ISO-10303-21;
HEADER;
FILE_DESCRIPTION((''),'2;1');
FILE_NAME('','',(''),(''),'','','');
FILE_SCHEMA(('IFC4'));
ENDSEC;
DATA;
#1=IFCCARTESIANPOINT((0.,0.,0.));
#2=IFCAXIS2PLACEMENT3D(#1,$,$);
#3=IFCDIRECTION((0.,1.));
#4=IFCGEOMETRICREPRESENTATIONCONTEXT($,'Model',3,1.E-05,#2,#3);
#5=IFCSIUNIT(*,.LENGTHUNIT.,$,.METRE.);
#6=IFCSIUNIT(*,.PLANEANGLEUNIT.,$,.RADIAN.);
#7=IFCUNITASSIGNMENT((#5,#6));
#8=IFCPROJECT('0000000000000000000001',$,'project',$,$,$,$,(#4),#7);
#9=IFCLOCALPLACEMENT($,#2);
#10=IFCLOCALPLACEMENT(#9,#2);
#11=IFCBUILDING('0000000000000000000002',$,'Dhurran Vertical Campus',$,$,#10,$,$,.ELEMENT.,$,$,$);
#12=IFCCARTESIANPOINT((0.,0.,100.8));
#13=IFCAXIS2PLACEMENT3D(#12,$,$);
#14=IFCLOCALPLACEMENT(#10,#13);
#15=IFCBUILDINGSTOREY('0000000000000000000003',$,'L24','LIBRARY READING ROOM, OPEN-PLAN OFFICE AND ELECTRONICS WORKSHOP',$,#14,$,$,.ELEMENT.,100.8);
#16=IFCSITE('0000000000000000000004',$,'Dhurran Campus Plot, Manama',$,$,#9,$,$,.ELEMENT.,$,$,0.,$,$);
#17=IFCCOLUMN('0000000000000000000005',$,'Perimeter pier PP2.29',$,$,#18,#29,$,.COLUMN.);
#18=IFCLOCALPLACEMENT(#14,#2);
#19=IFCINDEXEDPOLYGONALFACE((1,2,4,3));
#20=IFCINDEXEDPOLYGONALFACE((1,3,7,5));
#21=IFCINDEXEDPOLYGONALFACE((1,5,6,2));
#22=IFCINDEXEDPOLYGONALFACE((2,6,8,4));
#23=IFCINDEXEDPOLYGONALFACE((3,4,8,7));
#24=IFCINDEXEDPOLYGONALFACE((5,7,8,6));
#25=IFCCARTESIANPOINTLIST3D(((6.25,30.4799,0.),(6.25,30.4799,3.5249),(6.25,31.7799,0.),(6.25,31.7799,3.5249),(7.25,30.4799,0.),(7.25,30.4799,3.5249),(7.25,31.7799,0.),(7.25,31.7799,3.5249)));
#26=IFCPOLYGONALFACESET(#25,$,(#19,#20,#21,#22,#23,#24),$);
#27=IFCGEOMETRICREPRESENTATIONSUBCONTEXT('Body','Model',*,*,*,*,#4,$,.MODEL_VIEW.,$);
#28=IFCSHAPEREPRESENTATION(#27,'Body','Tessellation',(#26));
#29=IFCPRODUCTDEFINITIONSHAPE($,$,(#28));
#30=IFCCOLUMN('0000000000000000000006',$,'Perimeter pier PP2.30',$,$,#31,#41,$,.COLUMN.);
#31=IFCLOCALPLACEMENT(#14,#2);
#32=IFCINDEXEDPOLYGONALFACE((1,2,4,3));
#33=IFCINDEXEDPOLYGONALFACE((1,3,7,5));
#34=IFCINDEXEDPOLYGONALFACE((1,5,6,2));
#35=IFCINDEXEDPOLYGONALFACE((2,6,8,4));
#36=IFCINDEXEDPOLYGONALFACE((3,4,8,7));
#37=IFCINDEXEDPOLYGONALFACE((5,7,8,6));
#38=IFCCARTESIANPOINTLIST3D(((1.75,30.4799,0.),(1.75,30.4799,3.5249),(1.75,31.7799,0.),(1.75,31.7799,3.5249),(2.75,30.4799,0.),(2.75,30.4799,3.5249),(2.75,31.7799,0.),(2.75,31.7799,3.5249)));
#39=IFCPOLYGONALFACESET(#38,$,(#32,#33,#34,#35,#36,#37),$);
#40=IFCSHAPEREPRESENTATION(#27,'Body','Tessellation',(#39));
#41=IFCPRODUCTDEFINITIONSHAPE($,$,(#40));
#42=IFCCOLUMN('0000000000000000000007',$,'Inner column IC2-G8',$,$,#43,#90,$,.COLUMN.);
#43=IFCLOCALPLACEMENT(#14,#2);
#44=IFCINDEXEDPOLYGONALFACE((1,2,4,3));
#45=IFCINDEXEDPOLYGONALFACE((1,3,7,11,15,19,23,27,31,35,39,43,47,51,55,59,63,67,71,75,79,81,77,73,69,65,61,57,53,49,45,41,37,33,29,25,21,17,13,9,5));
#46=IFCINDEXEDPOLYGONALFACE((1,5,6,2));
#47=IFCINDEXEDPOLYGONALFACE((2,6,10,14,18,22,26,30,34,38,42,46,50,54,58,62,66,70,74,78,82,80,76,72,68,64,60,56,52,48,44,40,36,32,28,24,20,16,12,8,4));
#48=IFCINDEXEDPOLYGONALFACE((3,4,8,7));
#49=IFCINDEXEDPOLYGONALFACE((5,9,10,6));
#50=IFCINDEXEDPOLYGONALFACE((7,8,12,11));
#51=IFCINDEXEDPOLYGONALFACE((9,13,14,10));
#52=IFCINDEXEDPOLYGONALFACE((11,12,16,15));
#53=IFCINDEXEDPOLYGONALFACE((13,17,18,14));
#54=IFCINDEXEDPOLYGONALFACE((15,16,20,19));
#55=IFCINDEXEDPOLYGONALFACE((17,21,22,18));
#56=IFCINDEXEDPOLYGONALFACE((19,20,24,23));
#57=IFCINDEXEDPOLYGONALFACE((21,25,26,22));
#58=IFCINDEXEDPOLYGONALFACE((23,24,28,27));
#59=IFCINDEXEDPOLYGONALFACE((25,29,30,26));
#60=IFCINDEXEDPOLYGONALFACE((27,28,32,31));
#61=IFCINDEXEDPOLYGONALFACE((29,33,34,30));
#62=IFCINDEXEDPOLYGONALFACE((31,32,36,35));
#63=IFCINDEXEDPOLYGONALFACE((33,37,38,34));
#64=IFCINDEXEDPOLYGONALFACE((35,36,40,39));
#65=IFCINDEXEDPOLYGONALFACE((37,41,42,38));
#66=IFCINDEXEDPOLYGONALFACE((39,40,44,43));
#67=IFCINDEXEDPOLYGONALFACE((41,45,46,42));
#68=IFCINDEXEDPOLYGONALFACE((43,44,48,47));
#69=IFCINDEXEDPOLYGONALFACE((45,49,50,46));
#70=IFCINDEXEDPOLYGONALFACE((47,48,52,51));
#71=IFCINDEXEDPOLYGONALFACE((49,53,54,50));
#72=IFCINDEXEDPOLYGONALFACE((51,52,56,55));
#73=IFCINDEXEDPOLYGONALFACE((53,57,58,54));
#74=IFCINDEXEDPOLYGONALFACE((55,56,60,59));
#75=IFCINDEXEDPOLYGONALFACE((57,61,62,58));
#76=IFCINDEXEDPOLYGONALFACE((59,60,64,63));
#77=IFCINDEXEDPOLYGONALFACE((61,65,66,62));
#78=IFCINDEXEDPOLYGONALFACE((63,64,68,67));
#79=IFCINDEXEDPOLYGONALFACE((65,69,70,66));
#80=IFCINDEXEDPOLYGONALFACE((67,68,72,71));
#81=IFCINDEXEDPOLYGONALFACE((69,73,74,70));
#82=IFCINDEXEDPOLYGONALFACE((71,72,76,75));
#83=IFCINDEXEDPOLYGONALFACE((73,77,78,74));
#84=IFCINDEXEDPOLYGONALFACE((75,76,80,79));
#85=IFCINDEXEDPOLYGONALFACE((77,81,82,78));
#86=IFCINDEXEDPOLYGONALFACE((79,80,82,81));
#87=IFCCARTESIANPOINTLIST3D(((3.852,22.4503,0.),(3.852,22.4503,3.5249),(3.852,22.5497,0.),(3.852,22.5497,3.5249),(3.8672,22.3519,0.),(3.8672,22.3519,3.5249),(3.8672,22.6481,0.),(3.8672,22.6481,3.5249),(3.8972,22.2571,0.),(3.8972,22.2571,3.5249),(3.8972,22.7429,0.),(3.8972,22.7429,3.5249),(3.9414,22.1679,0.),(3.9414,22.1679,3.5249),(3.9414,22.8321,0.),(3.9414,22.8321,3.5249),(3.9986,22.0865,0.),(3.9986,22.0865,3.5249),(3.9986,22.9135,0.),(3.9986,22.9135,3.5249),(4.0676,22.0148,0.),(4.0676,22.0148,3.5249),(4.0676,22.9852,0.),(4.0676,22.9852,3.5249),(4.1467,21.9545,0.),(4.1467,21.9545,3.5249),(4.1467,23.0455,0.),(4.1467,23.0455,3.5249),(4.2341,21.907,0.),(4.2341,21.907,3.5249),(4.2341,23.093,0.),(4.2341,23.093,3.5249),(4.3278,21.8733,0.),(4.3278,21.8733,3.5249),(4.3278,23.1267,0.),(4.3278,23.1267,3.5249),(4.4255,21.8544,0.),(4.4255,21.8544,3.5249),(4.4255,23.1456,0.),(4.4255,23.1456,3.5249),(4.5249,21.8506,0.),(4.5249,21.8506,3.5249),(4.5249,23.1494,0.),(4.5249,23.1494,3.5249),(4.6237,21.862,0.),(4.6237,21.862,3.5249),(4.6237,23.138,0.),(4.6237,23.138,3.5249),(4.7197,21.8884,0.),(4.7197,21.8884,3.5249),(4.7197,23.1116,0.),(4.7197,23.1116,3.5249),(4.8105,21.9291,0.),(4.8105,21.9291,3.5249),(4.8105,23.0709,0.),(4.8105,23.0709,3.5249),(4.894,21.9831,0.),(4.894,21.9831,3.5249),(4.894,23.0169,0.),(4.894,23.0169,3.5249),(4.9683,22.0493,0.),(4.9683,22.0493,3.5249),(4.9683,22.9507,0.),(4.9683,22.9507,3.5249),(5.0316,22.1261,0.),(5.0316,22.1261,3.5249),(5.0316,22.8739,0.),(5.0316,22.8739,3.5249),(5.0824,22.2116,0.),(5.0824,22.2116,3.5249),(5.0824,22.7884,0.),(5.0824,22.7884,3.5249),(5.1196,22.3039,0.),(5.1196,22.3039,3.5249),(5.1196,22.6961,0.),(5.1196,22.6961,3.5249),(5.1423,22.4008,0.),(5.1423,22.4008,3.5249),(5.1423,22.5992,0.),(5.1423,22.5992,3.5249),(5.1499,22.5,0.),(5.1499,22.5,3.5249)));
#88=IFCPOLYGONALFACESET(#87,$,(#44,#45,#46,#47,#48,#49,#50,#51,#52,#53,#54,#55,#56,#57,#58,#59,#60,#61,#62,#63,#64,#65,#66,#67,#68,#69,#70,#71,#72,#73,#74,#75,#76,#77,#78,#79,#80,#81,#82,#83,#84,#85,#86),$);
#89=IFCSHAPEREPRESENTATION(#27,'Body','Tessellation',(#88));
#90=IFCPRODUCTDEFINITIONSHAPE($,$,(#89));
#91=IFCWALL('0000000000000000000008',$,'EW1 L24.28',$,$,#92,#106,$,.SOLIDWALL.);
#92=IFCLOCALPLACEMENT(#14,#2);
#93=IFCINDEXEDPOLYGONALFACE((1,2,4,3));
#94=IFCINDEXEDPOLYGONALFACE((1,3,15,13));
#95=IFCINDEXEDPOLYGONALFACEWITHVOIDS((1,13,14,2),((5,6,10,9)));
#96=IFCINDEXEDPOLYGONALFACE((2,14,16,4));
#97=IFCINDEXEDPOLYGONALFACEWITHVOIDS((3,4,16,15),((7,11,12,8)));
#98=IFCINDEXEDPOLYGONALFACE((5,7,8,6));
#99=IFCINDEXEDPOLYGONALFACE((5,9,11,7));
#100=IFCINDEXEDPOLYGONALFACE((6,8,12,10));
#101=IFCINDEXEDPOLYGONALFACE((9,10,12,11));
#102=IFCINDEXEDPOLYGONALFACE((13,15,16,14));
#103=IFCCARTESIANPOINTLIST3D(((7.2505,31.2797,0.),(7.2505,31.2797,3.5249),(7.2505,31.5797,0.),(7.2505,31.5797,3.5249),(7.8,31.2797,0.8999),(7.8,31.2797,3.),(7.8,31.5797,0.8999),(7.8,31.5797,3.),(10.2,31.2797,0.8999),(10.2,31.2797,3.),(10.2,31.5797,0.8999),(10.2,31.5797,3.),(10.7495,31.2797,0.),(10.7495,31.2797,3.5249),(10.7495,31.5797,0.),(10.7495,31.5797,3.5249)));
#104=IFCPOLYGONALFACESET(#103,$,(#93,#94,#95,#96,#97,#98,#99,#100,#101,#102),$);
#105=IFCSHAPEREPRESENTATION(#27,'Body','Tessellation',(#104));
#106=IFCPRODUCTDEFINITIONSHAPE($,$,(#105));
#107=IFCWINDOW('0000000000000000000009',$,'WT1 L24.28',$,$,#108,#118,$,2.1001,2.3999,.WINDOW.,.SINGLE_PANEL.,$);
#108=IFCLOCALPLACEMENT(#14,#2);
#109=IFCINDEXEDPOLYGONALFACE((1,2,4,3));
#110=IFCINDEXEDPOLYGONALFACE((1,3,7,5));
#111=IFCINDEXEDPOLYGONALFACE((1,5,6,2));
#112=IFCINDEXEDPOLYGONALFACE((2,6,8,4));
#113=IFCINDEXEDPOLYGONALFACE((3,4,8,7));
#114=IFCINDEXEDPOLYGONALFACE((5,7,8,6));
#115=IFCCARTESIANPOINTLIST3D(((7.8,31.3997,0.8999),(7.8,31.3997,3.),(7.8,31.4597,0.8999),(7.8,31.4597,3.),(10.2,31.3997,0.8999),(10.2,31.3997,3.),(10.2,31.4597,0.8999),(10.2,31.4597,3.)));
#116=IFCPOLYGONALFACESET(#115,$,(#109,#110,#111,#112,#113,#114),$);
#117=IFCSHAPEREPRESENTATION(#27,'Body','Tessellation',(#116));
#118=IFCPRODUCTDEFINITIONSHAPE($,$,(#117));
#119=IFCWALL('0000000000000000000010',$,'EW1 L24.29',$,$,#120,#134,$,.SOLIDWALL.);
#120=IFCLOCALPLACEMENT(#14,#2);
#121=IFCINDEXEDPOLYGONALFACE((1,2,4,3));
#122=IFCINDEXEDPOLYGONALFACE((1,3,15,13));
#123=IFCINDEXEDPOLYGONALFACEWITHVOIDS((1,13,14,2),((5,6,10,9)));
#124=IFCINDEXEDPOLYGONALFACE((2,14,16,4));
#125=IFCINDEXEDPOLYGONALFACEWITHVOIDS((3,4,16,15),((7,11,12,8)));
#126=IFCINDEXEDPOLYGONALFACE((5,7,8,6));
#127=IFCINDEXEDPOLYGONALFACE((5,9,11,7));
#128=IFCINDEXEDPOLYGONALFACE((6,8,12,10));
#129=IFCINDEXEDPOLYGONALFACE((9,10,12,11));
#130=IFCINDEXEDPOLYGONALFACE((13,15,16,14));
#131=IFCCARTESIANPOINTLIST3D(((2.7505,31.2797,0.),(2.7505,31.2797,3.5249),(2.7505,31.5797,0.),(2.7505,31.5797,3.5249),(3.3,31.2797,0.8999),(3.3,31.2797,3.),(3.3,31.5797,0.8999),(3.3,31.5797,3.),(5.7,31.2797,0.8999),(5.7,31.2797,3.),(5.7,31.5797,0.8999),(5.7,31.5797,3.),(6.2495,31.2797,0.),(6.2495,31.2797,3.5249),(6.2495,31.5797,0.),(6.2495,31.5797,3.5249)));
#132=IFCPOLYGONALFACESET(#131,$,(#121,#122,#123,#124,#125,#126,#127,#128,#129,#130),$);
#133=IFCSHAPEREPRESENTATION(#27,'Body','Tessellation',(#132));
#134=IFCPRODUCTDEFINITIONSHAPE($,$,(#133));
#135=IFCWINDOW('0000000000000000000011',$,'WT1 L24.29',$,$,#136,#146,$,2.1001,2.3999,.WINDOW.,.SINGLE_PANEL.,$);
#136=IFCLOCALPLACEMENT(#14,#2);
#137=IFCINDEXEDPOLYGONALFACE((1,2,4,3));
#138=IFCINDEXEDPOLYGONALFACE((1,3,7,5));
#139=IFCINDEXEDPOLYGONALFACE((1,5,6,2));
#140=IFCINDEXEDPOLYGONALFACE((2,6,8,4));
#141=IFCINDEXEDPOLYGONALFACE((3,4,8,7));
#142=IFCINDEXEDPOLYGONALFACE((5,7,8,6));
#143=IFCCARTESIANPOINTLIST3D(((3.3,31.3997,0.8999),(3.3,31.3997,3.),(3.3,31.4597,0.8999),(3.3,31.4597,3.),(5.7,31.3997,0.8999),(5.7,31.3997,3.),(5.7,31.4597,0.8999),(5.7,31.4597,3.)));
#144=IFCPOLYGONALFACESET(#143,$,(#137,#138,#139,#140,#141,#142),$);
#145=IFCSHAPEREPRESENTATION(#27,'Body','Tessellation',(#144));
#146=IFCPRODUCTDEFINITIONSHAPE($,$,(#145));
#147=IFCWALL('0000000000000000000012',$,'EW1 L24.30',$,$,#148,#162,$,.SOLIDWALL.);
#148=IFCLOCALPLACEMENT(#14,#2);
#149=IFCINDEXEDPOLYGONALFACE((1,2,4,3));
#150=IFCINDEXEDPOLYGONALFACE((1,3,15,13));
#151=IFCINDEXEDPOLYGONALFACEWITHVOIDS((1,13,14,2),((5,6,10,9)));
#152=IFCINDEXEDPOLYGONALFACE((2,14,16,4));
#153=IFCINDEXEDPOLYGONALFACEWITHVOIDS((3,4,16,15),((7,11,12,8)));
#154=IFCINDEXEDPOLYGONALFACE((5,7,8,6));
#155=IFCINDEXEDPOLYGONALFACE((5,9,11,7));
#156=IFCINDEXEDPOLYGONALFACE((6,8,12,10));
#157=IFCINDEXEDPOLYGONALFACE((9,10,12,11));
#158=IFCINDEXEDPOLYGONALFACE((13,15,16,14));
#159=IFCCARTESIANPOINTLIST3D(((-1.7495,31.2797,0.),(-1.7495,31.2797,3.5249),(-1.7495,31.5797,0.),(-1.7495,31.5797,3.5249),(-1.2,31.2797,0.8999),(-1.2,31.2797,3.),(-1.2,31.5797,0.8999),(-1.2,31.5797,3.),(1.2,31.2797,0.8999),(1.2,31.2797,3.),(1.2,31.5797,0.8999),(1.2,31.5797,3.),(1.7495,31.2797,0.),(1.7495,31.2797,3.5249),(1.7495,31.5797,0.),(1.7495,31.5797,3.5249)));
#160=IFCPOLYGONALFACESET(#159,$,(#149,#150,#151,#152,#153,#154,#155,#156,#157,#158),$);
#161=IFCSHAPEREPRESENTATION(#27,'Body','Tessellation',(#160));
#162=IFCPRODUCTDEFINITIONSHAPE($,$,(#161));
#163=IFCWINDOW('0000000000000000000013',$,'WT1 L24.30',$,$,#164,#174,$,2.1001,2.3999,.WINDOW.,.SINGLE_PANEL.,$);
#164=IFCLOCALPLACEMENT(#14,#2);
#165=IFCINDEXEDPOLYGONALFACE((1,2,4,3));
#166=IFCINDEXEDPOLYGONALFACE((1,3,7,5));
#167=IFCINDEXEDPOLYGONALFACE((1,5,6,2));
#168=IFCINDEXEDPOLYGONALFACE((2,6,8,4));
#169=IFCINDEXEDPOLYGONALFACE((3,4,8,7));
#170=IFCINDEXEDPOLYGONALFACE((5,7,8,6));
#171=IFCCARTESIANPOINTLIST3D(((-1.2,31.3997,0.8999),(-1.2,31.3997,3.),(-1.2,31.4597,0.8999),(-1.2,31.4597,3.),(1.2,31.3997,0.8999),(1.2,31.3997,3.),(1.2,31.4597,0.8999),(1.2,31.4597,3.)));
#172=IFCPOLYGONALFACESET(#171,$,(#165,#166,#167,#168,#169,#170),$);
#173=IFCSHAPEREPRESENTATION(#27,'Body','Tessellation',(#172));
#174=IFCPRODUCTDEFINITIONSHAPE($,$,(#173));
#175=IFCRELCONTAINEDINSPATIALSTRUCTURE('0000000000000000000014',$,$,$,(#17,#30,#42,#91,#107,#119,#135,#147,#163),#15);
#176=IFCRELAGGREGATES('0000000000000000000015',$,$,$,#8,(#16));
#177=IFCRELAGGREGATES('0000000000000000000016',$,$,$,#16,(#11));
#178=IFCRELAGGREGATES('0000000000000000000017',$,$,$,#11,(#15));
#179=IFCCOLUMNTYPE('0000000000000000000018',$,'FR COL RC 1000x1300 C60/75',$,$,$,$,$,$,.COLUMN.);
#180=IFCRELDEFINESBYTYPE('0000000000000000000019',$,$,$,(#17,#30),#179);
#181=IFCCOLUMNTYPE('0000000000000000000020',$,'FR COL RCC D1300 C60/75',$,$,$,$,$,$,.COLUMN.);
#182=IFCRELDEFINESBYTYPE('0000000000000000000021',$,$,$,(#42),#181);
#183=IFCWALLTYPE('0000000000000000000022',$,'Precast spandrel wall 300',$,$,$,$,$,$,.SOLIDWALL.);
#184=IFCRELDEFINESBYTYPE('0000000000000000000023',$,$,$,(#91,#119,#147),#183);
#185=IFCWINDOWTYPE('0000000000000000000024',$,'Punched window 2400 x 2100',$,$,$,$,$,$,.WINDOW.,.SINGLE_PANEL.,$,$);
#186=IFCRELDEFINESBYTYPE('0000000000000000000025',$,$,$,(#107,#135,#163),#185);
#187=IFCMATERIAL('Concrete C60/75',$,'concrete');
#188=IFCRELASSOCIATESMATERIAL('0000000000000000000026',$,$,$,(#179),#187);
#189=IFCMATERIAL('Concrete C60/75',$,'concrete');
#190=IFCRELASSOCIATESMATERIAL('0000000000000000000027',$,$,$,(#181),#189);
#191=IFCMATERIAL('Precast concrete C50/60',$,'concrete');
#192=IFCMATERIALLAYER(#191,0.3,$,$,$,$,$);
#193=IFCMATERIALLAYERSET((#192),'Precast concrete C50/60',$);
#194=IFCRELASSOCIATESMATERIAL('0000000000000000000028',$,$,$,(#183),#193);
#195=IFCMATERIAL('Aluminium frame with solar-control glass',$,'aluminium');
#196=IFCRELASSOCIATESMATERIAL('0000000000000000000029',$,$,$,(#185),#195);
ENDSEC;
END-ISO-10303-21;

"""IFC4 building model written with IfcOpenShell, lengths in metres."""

from ifc_helpers import new_model, si_unit, direction, frame, frame_2d, origin, origin_2d, place, context, subcontext, project, spatial, rectangle, circle, extrude, material, layer, layer_set, material_profile, profile_set, type_object, element, fill, save


model = new_model("IFC4")

# Units and contexts
model_context = context("Model", 3, precision=1e-05, world=origin(), true_north=direction((0.0, 1.0)))
body_context = subcontext(model_context, "Body", "Model", "MODEL_VIEW")
ifc_project = project(units=[si_unit("LENGTHUNIT", "METRE"), si_unit("PLANEANGLEUNIT", "RADIAN")], contexts=[model_context])

# Site, building, storey
site_placement = place(None, origin())
site = spatial("IfcSite", under=ifc_project, at=site_placement, Name="Dhurran Campus Plot, Manama", CompositionType="ELEMENT", RefElevation=0.0)
building_placement = place(site_placement, origin())
building = spatial("IfcBuilding", under=site, at=building_placement, Name="Dhurran Vertical Campus", CompositionType="ELEMENT")
storey_placement = place(building_placement, frame((0.0, 0.0, 100.8)))
storey = spatial("IfcBuildingStorey", under=building, at=storey_placement, Name="L24", Description="LIBRARY READING ROOM, OPEN-PLAN OFFICE AND ELECTRONICS WORKSHOP", CompositionType="ELEMENT", Elevation=100.8)

# Columns
ifc_material_1 = material(Name="Concrete C60/75", Category="concrete")
ifc_material_profile_1 = material_profile(ifc_material_1, rectangle(XDim=1.0, YDim=1.3, at=origin_2d()), Name="RC 1000x1300")
ifc_profile_set_1 = profile_set([ifc_material_profile_1], Name="Concrete C60/75")
column_type_1 = type_object("IfcColumnType", Name="FR COL RC 1000x1300 C60/75", PredefinedType="COLUMN", material=ifc_profile_set_1)
for number, where, z_axis, x_axis, name in (
    (1, (6.75, 31.1299, 0.0), (0.0, 0.0, 1.0), (-1.0, 0.0, 0.0), "Perimeter pier PP2.29"),
    (2, (2.25, 31.1299, 0.0), (0.0, 0.0, 1.0), (-1.0, 0.0, 0.0), "Perimeter pier PP2.30"),
):
    element("IfcColumn", number, at=place(storey_placement, frame(where, z_axis=z_axis, x_axis=x_axis)), inside=storey, type_object=column_type_1, Name=name, PredefinedType="COLUMN", context=body_context, shape_type="SweptSolid", body=[
        extrude(rectangle(XDim=1.0, YDim=1.3, at=origin_2d()), origin(), (0.0, 0.0, 1.0), 3.5249),
    ])
ifc_material_2 = material(Name="Concrete C60/75", Category="concrete")
ifc_material_profile_2 = material_profile(ifc_material_2, circle(Radius=0.6499, at=origin_2d()), Name="RCC D1300")
ifc_profile_set_2 = profile_set([ifc_material_profile_2], Name="Concrete C60/75")
column_type_2 = type_object("IfcColumnType", Name="FR COL RCC D1300 C60/75", PredefinedType="COLUMN", material=ifc_profile_set_2)
column_placement = place(storey_placement, frame((4.5, 22.5, 0.0), z_axis=(0.0, 0.0, 1.0), x_axis=(1.0, 0.0, 0.0)))
element("IfcColumn", 3, at=column_placement, inside=storey, type_object=column_type_2, Name="Inner column IC2-G8", PredefinedType="COLUMN", context=body_context, shape_type="SweptSolid", body=[
    extrude(circle(Radius=0.6499, at=origin_2d()), origin(), (0.0, 0.0, 1.0), 3.5249),
])

# Walls, openings, windows
ifc_material_3 = material(Name="Precast concrete C50/60", Category="concrete")
ifc_layer_1 = layer(ifc_material_3, 0.3)
ifc_layer_set_1 = layer_set([ifc_layer_1], Name="Precast concrete C50/60")
wall_type_1 = type_object("IfcWallType", Name="Precast spandrel wall 300", PredefinedType="SOLIDWALL", material=ifc_layer_set_1)
wall_1_placement = place(storey_placement, frame((10.7495, 31.4297, 0.0), z_axis=(0.0, 0.0, 1.0), x_axis=(-1.0, 0.0, 0.0)))
wall_1 = element("IfcWall", 4, at=wall_1_placement, inside=storey, type_object=wall_type_1, Name="EW1 L24.28", PredefinedType="SOLIDWALL", context=body_context, shape_type="SweptSolid", body=[
    extrude(rectangle(XDim=3.499, YDim=0.3, at=frame_2d((1.7495, 0.0))), origin(), (0.0, 0.0, 1.0), 3.5249),
])
opening_1_placement = place(wall_1_placement, frame((0.5496, 0.0, 0.8999)))
opening_1 = element("IfcOpeningElement", 5, at=opening_1_placement, cuts=wall_1, PredefinedType="OPENING", context=body_context, shape_type="SweptSolid", body=[
    extrude(rectangle(XDim=2.3999, YDim=2.1001, at=frame_2d((1.2, 1.05))), frame((0.0, 0.1599, 0.0), z_axis=(0.0, -1.0, 0.0), x_axis=(1.0, 0.0, 0.0)), (0.0, 0.0, 1.0), 0.3201),
])
ifc_material_4 = material(Name="Aluminium frame with solar-control glass", Category="aluminium")
window_type = type_object("IfcWindowType", Name="Punched window 2400 x 2100", PartitioningType="SINGLE_PANEL", PredefinedType="WINDOW", material=ifc_material_4)
window_1_placement = place(opening_1_placement, origin())
window_1 = element("IfcWindow", 6, at=window_1_placement, inside=storey, type_object=window_type, Name="WT1 L24.28", OverallHeight=2.1001, OverallWidth=2.3999, PartitioningType="SINGLE_PANEL", PredefinedType="WINDOW", context=body_context, shape_type="SweptSolid", body=[
    extrude(rectangle(XDim=2.3999, YDim=2.1001, at=frame_2d((1.2, 1.05))), frame((0.0, 0.03, 0.0), z_axis=(0.0, -1.0, 0.0), x_axis=(1.0, 0.0, 0.0)), (0.0, 0.0, 1.0), 0.0601),
])
fill(opening_1, window_1)
wall_2_placement = place(storey_placement, frame((6.2495, 31.4297, 0.0), z_axis=(0.0, 0.0, 1.0), x_axis=(-1.0, 0.0, 0.0)))
wall_2 = element("IfcWall", 7, at=wall_2_placement, inside=storey, type_object=wall_type_1, Name="EW1 L24.29", PredefinedType="SOLIDWALL", context=body_context, shape_type="SweptSolid", body=[
    extrude(rectangle(XDim=3.499, YDim=0.3, at=frame_2d((1.7495, 0.0))), origin(), (0.0, 0.0, 1.0), 3.5249),
])
opening_2_placement = place(wall_2_placement, frame((0.5496, 0.0, 0.8999)))
opening_2 = element("IfcOpeningElement", 8, at=opening_2_placement, cuts=wall_2, PredefinedType="OPENING", context=body_context, shape_type="SweptSolid", body=[
    extrude(rectangle(XDim=2.3999, YDim=2.1001, at=frame_2d((1.2, 1.05))), frame((0.0, 0.1599, 0.0), z_axis=(0.0, -1.0, 0.0), x_axis=(1.0, 0.0, 0.0)), (0.0, 0.0, 1.0), 0.3201),
])
window_2_placement = place(opening_2_placement, origin())
window_2 = element("IfcWindow", 9, at=window_2_placement, inside=storey, type_object=window_type, Name="WT1 L24.29", OverallHeight=2.1001, OverallWidth=2.3999, PartitioningType="SINGLE_PANEL", PredefinedType="WINDOW", context=body_context, shape_type="SweptSolid", body=[
    extrude(rectangle(XDim=2.3999, YDim=2.1001, at=frame_2d((1.2, 1.05))), frame((0.0, 0.03, 0.0), z_axis=(0.0, -1.0, 0.0), x_axis=(1.0, 0.0, 0.0)), (0.0, 0.0, 1.0), 0.0601),
])
fill(opening_2, window_2)
wall_3_placement = place(storey_placement, frame((1.7495, 31.4297, 0.0), z_axis=(0.0, 0.0, 1.0), x_axis=(-1.0, 0.0, 0.0)))
wall_3 = element("IfcWall", 10, at=wall_3_placement, inside=storey, type_object=wall_type_1, Name="EW1 L24.30", PredefinedType="SOLIDWALL", context=body_context, shape_type="SweptSolid", body=[
    extrude(rectangle(XDim=3.499, YDim=0.3, at=frame_2d((1.7495, 0.0))), origin(), (0.0, 0.0, 1.0), 3.5249),
])
opening_3_placement = place(wall_3_placement, frame((0.5496, 0.0, 0.8999)))
opening_3 = element("IfcOpeningElement", 11, at=opening_3_placement, cuts=wall_3, PredefinedType="OPENING", context=body_context, shape_type="SweptSolid", body=[
    extrude(rectangle(XDim=2.3999, YDim=2.1001, at=frame_2d((1.2, 1.05))), frame((0.0, 0.1599, 0.0), z_axis=(0.0, -1.0, 0.0), x_axis=(1.0, 0.0, 0.0)), (0.0, 0.0, 1.0), 0.3201),
])
window_3_placement = place(opening_3_placement, origin())
window_3 = element("IfcWindow", 12, at=window_3_placement, inside=storey, type_object=window_type, Name="WT1 L24.30", OverallHeight=2.1001, OverallWidth=2.3999, PartitioningType="SINGLE_PANEL", PredefinedType="WINDOW", context=body_context, shape_type="SweptSolid", body=[
    extrude(rectangle(XDim=2.3999, YDim=2.1001, at=frame_2d((1.2, 1.05))), frame((0.0, 0.03, 0.0), z_axis=(0.0, -1.0, 0.0), x_axis=(1.0, 0.0, 0.0)), (0.0, 0.0, 1.0), 0.0601),
])
fill(opening_3, window_3)

save(model, "model.ifc")
